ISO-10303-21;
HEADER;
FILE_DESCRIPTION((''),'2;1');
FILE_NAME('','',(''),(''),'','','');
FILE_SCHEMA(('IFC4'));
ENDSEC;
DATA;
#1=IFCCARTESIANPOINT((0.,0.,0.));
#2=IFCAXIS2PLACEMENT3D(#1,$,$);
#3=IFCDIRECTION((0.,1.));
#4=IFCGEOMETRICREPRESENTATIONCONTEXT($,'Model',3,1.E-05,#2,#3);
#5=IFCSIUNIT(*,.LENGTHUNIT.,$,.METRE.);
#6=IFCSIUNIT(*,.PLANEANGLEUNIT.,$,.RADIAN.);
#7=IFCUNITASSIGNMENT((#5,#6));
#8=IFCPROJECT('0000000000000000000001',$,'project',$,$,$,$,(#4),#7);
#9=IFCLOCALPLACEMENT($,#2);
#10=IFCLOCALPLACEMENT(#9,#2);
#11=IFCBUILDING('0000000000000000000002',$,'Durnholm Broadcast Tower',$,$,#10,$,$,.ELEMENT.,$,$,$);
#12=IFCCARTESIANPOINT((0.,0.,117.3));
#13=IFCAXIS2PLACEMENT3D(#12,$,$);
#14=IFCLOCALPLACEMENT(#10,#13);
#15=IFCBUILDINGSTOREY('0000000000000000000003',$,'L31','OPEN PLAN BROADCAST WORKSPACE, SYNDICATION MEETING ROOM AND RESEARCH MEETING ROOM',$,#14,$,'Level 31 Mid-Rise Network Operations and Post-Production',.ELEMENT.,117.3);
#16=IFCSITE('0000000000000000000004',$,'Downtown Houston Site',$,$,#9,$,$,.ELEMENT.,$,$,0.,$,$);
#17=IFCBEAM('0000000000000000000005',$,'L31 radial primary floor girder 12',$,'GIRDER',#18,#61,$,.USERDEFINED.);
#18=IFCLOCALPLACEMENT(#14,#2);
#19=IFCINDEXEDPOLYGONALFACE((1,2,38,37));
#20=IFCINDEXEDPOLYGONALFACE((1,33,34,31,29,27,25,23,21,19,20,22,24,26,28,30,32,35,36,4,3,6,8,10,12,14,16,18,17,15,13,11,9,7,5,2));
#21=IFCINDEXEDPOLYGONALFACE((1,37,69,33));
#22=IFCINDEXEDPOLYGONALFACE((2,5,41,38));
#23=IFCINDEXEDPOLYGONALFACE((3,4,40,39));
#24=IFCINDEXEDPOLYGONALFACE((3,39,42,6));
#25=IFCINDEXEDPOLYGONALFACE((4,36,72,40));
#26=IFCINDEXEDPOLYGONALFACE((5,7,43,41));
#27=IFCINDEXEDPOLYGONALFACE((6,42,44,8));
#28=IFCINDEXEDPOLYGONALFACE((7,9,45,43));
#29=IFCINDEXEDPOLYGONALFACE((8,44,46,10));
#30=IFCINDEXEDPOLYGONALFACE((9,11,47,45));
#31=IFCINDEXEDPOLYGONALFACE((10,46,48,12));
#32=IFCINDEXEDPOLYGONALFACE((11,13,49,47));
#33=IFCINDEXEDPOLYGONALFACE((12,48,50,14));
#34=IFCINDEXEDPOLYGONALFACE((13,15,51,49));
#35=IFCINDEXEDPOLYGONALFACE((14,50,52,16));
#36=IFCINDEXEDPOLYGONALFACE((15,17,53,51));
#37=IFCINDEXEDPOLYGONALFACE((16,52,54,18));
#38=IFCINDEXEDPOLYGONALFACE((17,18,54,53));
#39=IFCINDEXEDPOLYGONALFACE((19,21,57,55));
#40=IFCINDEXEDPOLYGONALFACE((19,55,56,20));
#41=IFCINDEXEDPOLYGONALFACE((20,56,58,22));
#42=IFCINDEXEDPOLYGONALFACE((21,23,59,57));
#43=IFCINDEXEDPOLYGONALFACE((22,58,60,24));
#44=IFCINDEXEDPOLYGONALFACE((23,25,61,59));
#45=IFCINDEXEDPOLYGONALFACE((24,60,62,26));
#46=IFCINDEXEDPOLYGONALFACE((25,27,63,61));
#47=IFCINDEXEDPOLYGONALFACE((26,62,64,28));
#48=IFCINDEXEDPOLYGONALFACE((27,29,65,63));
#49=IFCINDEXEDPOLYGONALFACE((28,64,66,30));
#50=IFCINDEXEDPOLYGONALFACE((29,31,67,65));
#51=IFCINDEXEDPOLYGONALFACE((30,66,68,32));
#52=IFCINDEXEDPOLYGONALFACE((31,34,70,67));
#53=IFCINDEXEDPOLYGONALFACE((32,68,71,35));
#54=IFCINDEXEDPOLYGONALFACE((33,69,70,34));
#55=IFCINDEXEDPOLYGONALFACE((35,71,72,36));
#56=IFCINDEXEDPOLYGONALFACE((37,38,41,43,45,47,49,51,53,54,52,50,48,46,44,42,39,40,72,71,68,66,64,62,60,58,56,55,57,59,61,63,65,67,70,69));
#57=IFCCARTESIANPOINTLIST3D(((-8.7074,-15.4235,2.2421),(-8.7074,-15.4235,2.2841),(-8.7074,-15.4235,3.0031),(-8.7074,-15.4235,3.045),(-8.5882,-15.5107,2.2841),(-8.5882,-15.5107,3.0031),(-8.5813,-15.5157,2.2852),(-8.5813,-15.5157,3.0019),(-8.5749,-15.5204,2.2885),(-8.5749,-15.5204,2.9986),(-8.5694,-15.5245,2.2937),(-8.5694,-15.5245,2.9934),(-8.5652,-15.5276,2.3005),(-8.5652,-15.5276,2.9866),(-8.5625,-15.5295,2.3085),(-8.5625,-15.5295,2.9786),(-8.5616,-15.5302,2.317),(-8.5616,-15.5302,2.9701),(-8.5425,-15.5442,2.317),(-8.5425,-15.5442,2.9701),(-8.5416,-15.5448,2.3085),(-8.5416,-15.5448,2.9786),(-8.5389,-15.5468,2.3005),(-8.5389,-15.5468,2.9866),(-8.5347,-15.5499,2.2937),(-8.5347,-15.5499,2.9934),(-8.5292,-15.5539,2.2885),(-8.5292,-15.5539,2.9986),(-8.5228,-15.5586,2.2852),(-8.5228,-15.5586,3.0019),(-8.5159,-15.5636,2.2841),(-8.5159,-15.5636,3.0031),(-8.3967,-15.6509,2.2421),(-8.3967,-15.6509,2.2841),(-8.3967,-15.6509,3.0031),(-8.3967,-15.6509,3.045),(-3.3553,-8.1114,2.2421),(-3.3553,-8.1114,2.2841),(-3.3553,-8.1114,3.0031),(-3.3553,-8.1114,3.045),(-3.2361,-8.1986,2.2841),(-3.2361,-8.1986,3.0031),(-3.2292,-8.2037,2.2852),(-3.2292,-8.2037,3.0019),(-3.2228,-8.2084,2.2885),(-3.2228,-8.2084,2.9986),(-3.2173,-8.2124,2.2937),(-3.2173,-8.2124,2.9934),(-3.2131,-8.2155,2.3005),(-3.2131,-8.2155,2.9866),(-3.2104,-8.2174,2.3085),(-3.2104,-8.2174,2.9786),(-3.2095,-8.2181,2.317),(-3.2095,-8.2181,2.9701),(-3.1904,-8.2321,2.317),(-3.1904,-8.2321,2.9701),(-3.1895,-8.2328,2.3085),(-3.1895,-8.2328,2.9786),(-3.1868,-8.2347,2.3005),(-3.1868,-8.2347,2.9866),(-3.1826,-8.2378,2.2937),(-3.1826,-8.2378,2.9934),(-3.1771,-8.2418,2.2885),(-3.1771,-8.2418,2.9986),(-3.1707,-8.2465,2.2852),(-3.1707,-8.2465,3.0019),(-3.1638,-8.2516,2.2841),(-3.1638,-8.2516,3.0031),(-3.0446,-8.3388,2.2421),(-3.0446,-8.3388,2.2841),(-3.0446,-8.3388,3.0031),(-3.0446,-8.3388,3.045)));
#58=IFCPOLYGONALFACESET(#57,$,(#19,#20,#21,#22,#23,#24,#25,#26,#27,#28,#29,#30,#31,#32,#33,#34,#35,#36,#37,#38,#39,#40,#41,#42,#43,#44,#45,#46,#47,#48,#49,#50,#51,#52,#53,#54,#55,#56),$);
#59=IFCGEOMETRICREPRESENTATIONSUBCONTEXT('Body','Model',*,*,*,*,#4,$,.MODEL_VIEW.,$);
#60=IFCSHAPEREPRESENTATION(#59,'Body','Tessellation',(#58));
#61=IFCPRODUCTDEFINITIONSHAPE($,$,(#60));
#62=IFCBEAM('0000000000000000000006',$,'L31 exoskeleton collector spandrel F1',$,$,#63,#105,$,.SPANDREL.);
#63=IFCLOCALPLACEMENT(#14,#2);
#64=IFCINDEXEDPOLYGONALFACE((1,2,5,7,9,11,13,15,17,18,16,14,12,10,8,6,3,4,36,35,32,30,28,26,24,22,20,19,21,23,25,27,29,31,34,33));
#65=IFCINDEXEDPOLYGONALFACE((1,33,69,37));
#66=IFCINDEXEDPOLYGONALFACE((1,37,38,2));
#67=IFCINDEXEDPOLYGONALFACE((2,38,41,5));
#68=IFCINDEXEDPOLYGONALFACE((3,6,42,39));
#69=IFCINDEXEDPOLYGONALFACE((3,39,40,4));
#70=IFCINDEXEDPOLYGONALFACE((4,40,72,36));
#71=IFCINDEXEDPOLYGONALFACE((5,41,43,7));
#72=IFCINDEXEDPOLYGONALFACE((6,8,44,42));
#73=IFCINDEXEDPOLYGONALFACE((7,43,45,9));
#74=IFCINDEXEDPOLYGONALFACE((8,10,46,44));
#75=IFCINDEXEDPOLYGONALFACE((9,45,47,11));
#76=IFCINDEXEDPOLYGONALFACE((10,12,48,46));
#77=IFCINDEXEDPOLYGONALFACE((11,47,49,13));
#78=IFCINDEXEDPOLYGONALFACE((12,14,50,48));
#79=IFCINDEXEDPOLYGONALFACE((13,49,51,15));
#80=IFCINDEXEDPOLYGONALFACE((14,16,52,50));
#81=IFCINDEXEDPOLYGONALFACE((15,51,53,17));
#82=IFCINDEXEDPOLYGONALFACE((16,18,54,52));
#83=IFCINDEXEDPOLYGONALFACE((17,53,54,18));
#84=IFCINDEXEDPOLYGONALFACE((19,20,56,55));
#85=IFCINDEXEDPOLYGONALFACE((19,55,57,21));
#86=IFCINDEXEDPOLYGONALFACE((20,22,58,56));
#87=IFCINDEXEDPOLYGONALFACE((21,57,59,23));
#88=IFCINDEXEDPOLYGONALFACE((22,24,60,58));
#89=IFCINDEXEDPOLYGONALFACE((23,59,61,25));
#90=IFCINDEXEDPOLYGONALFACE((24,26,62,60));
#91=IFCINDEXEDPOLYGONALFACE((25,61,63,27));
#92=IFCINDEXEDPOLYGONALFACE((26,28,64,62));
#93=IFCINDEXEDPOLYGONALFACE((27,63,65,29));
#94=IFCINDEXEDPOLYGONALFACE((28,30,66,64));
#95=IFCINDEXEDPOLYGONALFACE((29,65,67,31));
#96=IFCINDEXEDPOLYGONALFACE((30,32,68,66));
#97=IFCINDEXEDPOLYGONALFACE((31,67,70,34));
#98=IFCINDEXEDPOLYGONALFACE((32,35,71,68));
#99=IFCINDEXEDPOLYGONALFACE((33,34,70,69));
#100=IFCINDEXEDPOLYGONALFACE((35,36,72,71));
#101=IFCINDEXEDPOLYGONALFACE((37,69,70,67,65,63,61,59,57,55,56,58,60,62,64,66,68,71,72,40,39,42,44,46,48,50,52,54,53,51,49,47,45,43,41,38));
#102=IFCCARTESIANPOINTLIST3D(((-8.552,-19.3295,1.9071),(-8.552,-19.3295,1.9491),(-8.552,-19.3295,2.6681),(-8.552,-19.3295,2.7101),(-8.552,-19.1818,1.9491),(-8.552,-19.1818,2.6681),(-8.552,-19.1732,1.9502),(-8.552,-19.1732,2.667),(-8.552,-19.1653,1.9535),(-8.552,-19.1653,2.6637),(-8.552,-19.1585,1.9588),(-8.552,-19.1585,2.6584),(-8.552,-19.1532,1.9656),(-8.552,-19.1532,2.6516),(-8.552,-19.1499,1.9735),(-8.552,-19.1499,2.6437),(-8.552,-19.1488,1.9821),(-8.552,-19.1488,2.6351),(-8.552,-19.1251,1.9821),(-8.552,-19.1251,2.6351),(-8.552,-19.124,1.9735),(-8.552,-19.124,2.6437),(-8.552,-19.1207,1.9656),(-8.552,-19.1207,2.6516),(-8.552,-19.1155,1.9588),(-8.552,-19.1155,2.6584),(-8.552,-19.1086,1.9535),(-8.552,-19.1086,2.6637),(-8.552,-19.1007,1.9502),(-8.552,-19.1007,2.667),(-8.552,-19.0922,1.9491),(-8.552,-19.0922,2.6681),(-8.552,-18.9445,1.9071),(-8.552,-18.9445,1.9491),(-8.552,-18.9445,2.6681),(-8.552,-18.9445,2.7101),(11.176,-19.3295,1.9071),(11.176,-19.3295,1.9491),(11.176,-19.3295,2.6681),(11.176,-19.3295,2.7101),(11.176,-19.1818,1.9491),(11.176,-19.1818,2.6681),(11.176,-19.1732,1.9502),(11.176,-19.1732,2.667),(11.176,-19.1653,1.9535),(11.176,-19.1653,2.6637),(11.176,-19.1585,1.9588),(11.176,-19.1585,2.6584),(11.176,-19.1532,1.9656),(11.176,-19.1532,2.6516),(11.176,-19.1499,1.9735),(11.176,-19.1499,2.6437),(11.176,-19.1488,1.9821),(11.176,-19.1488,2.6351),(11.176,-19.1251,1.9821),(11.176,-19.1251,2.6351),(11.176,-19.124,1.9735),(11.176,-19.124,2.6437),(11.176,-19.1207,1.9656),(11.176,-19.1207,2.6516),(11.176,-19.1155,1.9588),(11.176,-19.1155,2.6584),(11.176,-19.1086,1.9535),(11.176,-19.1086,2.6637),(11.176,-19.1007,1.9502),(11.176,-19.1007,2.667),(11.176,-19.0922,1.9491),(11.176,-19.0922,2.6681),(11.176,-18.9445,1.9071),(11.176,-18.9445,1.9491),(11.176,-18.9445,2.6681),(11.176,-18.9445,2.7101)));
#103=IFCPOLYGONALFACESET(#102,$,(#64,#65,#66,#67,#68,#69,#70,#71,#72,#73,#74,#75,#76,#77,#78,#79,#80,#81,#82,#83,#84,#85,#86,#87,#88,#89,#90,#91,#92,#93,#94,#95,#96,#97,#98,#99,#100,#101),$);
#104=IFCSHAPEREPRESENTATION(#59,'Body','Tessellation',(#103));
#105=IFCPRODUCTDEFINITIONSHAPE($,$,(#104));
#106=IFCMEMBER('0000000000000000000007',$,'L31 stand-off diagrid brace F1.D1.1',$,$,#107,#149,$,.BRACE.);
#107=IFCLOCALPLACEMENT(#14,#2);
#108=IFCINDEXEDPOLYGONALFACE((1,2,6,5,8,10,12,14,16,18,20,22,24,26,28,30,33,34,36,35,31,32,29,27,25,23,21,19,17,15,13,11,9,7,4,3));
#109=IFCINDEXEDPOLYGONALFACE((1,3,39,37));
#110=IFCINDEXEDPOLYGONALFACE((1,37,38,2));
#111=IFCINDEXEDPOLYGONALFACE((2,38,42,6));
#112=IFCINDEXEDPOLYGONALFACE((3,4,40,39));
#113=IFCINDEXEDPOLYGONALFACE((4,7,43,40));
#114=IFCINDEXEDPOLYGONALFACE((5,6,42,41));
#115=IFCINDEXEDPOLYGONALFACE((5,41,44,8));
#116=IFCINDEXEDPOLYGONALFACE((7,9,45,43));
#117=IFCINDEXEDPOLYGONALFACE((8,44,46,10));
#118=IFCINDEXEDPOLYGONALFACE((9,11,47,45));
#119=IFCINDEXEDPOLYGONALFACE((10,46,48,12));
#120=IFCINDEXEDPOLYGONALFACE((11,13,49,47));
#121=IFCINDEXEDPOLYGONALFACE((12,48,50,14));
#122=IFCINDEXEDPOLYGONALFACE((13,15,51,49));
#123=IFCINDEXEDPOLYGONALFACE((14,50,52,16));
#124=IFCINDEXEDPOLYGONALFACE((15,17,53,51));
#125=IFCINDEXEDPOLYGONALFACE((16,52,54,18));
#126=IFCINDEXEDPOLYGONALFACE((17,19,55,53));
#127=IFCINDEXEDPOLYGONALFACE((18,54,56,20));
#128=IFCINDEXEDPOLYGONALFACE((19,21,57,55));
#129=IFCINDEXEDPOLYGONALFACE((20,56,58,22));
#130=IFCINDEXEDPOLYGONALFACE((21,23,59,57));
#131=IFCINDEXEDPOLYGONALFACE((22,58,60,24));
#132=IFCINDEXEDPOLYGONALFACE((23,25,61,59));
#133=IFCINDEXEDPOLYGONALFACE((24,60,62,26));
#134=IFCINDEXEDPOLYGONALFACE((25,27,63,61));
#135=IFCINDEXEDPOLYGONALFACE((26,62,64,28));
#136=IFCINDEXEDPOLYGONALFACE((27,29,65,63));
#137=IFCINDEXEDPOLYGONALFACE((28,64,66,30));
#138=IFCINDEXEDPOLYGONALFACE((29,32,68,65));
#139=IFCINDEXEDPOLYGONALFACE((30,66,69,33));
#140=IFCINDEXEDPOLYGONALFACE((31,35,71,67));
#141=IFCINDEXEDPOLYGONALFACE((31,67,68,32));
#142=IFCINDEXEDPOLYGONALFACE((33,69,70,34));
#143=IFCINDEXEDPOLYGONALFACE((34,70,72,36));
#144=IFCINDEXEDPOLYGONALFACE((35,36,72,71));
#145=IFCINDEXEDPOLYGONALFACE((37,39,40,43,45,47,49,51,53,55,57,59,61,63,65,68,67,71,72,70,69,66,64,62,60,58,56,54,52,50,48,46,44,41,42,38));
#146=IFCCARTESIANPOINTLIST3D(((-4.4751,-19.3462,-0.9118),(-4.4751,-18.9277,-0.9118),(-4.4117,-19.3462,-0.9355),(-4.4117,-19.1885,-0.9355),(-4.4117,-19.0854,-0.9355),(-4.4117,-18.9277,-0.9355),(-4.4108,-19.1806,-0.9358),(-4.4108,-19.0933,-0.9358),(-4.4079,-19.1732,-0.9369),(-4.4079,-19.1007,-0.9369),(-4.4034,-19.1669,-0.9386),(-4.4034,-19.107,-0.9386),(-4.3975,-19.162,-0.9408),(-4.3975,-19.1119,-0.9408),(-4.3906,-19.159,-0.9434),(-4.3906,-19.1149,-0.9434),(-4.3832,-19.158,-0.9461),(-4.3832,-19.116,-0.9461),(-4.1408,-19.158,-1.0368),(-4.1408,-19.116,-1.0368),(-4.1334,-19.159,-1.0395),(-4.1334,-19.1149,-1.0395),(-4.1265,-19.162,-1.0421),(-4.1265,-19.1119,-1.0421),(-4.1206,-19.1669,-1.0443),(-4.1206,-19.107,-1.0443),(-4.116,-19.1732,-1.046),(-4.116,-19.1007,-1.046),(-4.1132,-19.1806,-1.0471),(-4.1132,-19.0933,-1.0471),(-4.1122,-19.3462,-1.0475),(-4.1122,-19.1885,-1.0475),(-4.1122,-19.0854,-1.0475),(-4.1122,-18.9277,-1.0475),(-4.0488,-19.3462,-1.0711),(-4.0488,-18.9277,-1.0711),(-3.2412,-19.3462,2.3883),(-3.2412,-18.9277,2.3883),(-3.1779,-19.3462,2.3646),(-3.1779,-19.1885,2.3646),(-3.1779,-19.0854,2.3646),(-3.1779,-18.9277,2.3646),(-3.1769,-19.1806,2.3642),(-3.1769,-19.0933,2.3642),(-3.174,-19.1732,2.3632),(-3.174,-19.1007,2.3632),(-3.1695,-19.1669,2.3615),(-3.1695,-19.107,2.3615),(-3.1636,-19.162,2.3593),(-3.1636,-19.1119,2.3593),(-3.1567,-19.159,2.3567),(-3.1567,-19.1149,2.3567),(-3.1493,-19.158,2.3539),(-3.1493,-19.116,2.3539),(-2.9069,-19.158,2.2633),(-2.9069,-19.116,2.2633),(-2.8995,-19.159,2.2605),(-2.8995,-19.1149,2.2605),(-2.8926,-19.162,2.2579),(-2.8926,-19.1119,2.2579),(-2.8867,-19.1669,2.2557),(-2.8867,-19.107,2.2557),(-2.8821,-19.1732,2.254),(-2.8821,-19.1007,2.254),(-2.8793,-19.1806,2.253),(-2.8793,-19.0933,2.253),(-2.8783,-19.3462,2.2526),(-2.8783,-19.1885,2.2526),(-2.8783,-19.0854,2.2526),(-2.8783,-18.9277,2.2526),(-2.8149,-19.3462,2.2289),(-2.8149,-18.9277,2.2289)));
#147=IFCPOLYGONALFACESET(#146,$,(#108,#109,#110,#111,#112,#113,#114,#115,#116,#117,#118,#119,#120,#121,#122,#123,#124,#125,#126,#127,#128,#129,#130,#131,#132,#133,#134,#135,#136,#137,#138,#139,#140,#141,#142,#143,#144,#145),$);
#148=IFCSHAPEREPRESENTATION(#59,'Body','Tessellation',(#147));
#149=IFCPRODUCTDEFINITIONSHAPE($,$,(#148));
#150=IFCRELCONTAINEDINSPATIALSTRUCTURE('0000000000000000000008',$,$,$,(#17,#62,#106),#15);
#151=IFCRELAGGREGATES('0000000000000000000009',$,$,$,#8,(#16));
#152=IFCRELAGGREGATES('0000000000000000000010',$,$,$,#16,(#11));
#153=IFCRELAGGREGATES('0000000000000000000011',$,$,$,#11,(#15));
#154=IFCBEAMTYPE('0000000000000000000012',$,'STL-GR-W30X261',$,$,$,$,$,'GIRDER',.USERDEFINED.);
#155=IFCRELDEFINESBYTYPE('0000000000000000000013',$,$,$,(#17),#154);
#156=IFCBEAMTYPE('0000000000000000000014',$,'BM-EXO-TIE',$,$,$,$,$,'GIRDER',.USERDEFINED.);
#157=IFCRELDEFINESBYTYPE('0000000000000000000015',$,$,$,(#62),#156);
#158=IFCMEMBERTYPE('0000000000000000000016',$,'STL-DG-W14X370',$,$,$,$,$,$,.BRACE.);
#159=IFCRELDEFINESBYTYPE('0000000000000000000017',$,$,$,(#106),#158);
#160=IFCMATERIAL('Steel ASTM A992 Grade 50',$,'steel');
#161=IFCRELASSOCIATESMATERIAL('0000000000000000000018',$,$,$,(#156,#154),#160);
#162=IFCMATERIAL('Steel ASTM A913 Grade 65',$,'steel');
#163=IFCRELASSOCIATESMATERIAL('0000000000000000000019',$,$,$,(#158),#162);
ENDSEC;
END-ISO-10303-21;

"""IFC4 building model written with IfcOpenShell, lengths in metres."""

from ifc_helpers import new_model, si_unit, direction, frame, origin, origin_2d, place, context, subcontext, project, spatial, i_section, extrude, source, transform, mapped, material, material_profile, profile_set, type_object, type_shapes, element, save


model = new_model("IFC4")

# Units and contexts
model_context = context("Model", 3, precision=1e-05, world=origin(), true_north=direction((0.0, 1.0)))
body_context = subcontext(model_context, "Body", "Model", "MODEL_VIEW")
ifc_project = project(units=[si_unit("LENGTHUNIT", "METRE"), si_unit("PLANEANGLEUNIT", "RADIAN")], contexts=[model_context])

# Site, building, storey
site_placement = place(None, origin())
site = spatial("IfcSite", under=ifc_project, at=site_placement, Name="Downtown Houston Site", CompositionType="ELEMENT", RefElevation=0.0)
building_placement = place(site_placement, origin())
building = spatial("IfcBuilding", under=site, at=building_placement, Name="Durnholm Broadcast Tower", CompositionType="ELEMENT")
storey_placement = place(building_placement, frame((0.0, 0.0, 117.3)))
storey = spatial("IfcBuildingStorey", under=building, at=storey_placement, Name="L31", Description="OPEN PLAN BROADCAST WORKSPACE, SYNDICATION MEETING ROOM AND RESEARCH MEETING ROOM", LongName="Level 31 Mid-Rise Network Operations and Post-Production", CompositionType="ELEMENT", Elevation=117.3)

# Beams
ifc_material_1 = material(Name="Steel ASTM A992 Grade 50", Category="steel")
ifc_material_profile_1 = material_profile(ifc_material_1, i_section(OverallWidth=0.385, OverallDepth=0.803, WebThickness=0.0237, FlangeThickness=0.042, FilletRadius=0.033, at=origin_2d()), Name="W30X261")
ifc_profile_set_1 = profile_set([ifc_material_profile_1], Name="Steel ASTM A992 Grade 50")
beam_type_1 = type_object("IfcBeamType", Name="BM-EXO-TIE", ElementType="GIRDER", PredefinedType="USERDEFINED", material=ifc_profile_set_1)
ifc_material_profile_2 = material_profile(ifc_material_1, i_section(OverallWidth=0.385, OverallDepth=0.803, WebThickness=0.0237, FlangeThickness=0.042, FilletRadius=0.033, at=origin_2d()), Name="W30X261")
ifc_profile_set_2 = profile_set([ifc_material_profile_2], Name="Steel ASTM A992 Grade 50")
beam_type_2 = type_object("IfcBeamType", Name="STL-GR-W30X261", ElementType="GIRDER", PredefinedType="USERDEFINED", material=ifc_profile_set_2)
shared_shape_1 = source(origin(), body_context, "Body", "SweptSolid", [
    extrude(i_section(OverallWidth=0.385, OverallDepth=0.803, WebThickness=0.0237, FlangeThickness=0.042, FilletRadius=0.033, at=origin_2d()), origin(), (0.0, 0.0, 1.0), 9.0615),
])
beam_1_placement = place(storey_placement, frame((-3.2, -8.2251, 2.6436), z_axis=(-0.590639, -0.806936, 0.0), x_axis=(0.806936, -0.590639, 0.0)))
element("IfcBeam", 1, at=beam_1_placement, inside=storey, type_object=beam_type_2, Name="L31 radial primary floor girder 12", ObjectType="GIRDER", PredefinedType="USERDEFINED", context=body_context, shape_type="MappedRepresentation", body=[
    mapped(shared_shape_1, transform((0.0, 0.0, 0.0), x_axis=(1.0, 0.0, 0.0), y_axis=(0.0, 1.0, 0.0), z_axis=(0.0, 0.0, 1.0), scale=1.0)),
])
shared_shape_2 = source(origin(), body_context, "Body", "SweptSolid", [
    extrude(i_section(OverallWidth=0.385, OverallDepth=0.803, WebThickness=0.0237, FlangeThickness=0.042, FilletRadius=0.033, at=origin_2d()), origin(), (0.0, 0.0, 1.0), 19.728),
])
beam_2_placement = place(storey_placement, frame((-8.552, -19.137, 2.3086), z_axis=(1.0, 0.0, 0.0), x_axis=(0.0, 1.0, 0.0)))
element("IfcBeam", 2, at=beam_2_placement, inside=storey, type_object=beam_type_1, Name="L31 exoskeleton collector spandrel F1", PredefinedType="SPANDREL", context=body_context, shape_type="MappedRepresentation", body=[
    mapped(shared_shape_2, transform((0.0, 0.0, 0.0), x_axis=(1.0, 0.0, 0.0), y_axis=(0.0, 1.0, 0.0), z_axis=(0.0, 0.0, 1.0), scale=1.0)),
])

# Member
ifc_material_2 = material(Name="Steel ASTM A913 Grade 65", Category="steel")
ifc_material_profile_3 = material_profile(ifc_material_2, i_section(OverallWidth=0.4185, OverallDepth=0.4551, WebThickness=0.042, FlangeThickness=0.0676, FilletRadius=0.0305, at=origin_2d()), Name="W14X370")
ifc_profile_set_3 = profile_set([ifc_material_profile_3], Name="Steel ASTM A913 Grade 65")
member_type_1 = type_object("IfcMemberType", Name="STL-DG-W14X370", PredefinedType="BRACE", material=ifc_profile_set_3)
shared_shape_3 = source(origin(), body_context, "Body", "SweptSolid", [
    extrude(i_section(OverallWidth=0.4185, OverallDepth=0.4551, WebThickness=0.042, FlangeThickness=0.0676, FilletRadius=0.0305, at=origin_2d()), origin(), (0.0, 0.0, 1.0), 3.5232),
])
type_shapes(member_type_1, [shared_shape_3])
for number, where, z_axis, x_axis, name in (
    (3, (-4.262, -19.137, -0.9915), (0.35022, 0.0, 0.936668), (0.0, 1.0, 0.0), "L31 stand-off diagrid brace F1.D1.1"),
):
    element("IfcMember", number, at=place(storey_placement, frame(where, z_axis=z_axis, x_axis=x_axis)), inside=storey, type_object=member_type_1, Name=name, PredefinedType="BRACE", context=body_context, shape_type="MappedRepresentation", body=[
        mapped(shared_shape_3, transform((0.0, 0.0, 0.0), x_axis=(1.0, 0.0, 0.0), y_axis=(0.0, 1.0, 0.0), z_axis=(0.0, 0.0, 1.0), scale=1.0)),
    ])

save(model, "model.ifc")
